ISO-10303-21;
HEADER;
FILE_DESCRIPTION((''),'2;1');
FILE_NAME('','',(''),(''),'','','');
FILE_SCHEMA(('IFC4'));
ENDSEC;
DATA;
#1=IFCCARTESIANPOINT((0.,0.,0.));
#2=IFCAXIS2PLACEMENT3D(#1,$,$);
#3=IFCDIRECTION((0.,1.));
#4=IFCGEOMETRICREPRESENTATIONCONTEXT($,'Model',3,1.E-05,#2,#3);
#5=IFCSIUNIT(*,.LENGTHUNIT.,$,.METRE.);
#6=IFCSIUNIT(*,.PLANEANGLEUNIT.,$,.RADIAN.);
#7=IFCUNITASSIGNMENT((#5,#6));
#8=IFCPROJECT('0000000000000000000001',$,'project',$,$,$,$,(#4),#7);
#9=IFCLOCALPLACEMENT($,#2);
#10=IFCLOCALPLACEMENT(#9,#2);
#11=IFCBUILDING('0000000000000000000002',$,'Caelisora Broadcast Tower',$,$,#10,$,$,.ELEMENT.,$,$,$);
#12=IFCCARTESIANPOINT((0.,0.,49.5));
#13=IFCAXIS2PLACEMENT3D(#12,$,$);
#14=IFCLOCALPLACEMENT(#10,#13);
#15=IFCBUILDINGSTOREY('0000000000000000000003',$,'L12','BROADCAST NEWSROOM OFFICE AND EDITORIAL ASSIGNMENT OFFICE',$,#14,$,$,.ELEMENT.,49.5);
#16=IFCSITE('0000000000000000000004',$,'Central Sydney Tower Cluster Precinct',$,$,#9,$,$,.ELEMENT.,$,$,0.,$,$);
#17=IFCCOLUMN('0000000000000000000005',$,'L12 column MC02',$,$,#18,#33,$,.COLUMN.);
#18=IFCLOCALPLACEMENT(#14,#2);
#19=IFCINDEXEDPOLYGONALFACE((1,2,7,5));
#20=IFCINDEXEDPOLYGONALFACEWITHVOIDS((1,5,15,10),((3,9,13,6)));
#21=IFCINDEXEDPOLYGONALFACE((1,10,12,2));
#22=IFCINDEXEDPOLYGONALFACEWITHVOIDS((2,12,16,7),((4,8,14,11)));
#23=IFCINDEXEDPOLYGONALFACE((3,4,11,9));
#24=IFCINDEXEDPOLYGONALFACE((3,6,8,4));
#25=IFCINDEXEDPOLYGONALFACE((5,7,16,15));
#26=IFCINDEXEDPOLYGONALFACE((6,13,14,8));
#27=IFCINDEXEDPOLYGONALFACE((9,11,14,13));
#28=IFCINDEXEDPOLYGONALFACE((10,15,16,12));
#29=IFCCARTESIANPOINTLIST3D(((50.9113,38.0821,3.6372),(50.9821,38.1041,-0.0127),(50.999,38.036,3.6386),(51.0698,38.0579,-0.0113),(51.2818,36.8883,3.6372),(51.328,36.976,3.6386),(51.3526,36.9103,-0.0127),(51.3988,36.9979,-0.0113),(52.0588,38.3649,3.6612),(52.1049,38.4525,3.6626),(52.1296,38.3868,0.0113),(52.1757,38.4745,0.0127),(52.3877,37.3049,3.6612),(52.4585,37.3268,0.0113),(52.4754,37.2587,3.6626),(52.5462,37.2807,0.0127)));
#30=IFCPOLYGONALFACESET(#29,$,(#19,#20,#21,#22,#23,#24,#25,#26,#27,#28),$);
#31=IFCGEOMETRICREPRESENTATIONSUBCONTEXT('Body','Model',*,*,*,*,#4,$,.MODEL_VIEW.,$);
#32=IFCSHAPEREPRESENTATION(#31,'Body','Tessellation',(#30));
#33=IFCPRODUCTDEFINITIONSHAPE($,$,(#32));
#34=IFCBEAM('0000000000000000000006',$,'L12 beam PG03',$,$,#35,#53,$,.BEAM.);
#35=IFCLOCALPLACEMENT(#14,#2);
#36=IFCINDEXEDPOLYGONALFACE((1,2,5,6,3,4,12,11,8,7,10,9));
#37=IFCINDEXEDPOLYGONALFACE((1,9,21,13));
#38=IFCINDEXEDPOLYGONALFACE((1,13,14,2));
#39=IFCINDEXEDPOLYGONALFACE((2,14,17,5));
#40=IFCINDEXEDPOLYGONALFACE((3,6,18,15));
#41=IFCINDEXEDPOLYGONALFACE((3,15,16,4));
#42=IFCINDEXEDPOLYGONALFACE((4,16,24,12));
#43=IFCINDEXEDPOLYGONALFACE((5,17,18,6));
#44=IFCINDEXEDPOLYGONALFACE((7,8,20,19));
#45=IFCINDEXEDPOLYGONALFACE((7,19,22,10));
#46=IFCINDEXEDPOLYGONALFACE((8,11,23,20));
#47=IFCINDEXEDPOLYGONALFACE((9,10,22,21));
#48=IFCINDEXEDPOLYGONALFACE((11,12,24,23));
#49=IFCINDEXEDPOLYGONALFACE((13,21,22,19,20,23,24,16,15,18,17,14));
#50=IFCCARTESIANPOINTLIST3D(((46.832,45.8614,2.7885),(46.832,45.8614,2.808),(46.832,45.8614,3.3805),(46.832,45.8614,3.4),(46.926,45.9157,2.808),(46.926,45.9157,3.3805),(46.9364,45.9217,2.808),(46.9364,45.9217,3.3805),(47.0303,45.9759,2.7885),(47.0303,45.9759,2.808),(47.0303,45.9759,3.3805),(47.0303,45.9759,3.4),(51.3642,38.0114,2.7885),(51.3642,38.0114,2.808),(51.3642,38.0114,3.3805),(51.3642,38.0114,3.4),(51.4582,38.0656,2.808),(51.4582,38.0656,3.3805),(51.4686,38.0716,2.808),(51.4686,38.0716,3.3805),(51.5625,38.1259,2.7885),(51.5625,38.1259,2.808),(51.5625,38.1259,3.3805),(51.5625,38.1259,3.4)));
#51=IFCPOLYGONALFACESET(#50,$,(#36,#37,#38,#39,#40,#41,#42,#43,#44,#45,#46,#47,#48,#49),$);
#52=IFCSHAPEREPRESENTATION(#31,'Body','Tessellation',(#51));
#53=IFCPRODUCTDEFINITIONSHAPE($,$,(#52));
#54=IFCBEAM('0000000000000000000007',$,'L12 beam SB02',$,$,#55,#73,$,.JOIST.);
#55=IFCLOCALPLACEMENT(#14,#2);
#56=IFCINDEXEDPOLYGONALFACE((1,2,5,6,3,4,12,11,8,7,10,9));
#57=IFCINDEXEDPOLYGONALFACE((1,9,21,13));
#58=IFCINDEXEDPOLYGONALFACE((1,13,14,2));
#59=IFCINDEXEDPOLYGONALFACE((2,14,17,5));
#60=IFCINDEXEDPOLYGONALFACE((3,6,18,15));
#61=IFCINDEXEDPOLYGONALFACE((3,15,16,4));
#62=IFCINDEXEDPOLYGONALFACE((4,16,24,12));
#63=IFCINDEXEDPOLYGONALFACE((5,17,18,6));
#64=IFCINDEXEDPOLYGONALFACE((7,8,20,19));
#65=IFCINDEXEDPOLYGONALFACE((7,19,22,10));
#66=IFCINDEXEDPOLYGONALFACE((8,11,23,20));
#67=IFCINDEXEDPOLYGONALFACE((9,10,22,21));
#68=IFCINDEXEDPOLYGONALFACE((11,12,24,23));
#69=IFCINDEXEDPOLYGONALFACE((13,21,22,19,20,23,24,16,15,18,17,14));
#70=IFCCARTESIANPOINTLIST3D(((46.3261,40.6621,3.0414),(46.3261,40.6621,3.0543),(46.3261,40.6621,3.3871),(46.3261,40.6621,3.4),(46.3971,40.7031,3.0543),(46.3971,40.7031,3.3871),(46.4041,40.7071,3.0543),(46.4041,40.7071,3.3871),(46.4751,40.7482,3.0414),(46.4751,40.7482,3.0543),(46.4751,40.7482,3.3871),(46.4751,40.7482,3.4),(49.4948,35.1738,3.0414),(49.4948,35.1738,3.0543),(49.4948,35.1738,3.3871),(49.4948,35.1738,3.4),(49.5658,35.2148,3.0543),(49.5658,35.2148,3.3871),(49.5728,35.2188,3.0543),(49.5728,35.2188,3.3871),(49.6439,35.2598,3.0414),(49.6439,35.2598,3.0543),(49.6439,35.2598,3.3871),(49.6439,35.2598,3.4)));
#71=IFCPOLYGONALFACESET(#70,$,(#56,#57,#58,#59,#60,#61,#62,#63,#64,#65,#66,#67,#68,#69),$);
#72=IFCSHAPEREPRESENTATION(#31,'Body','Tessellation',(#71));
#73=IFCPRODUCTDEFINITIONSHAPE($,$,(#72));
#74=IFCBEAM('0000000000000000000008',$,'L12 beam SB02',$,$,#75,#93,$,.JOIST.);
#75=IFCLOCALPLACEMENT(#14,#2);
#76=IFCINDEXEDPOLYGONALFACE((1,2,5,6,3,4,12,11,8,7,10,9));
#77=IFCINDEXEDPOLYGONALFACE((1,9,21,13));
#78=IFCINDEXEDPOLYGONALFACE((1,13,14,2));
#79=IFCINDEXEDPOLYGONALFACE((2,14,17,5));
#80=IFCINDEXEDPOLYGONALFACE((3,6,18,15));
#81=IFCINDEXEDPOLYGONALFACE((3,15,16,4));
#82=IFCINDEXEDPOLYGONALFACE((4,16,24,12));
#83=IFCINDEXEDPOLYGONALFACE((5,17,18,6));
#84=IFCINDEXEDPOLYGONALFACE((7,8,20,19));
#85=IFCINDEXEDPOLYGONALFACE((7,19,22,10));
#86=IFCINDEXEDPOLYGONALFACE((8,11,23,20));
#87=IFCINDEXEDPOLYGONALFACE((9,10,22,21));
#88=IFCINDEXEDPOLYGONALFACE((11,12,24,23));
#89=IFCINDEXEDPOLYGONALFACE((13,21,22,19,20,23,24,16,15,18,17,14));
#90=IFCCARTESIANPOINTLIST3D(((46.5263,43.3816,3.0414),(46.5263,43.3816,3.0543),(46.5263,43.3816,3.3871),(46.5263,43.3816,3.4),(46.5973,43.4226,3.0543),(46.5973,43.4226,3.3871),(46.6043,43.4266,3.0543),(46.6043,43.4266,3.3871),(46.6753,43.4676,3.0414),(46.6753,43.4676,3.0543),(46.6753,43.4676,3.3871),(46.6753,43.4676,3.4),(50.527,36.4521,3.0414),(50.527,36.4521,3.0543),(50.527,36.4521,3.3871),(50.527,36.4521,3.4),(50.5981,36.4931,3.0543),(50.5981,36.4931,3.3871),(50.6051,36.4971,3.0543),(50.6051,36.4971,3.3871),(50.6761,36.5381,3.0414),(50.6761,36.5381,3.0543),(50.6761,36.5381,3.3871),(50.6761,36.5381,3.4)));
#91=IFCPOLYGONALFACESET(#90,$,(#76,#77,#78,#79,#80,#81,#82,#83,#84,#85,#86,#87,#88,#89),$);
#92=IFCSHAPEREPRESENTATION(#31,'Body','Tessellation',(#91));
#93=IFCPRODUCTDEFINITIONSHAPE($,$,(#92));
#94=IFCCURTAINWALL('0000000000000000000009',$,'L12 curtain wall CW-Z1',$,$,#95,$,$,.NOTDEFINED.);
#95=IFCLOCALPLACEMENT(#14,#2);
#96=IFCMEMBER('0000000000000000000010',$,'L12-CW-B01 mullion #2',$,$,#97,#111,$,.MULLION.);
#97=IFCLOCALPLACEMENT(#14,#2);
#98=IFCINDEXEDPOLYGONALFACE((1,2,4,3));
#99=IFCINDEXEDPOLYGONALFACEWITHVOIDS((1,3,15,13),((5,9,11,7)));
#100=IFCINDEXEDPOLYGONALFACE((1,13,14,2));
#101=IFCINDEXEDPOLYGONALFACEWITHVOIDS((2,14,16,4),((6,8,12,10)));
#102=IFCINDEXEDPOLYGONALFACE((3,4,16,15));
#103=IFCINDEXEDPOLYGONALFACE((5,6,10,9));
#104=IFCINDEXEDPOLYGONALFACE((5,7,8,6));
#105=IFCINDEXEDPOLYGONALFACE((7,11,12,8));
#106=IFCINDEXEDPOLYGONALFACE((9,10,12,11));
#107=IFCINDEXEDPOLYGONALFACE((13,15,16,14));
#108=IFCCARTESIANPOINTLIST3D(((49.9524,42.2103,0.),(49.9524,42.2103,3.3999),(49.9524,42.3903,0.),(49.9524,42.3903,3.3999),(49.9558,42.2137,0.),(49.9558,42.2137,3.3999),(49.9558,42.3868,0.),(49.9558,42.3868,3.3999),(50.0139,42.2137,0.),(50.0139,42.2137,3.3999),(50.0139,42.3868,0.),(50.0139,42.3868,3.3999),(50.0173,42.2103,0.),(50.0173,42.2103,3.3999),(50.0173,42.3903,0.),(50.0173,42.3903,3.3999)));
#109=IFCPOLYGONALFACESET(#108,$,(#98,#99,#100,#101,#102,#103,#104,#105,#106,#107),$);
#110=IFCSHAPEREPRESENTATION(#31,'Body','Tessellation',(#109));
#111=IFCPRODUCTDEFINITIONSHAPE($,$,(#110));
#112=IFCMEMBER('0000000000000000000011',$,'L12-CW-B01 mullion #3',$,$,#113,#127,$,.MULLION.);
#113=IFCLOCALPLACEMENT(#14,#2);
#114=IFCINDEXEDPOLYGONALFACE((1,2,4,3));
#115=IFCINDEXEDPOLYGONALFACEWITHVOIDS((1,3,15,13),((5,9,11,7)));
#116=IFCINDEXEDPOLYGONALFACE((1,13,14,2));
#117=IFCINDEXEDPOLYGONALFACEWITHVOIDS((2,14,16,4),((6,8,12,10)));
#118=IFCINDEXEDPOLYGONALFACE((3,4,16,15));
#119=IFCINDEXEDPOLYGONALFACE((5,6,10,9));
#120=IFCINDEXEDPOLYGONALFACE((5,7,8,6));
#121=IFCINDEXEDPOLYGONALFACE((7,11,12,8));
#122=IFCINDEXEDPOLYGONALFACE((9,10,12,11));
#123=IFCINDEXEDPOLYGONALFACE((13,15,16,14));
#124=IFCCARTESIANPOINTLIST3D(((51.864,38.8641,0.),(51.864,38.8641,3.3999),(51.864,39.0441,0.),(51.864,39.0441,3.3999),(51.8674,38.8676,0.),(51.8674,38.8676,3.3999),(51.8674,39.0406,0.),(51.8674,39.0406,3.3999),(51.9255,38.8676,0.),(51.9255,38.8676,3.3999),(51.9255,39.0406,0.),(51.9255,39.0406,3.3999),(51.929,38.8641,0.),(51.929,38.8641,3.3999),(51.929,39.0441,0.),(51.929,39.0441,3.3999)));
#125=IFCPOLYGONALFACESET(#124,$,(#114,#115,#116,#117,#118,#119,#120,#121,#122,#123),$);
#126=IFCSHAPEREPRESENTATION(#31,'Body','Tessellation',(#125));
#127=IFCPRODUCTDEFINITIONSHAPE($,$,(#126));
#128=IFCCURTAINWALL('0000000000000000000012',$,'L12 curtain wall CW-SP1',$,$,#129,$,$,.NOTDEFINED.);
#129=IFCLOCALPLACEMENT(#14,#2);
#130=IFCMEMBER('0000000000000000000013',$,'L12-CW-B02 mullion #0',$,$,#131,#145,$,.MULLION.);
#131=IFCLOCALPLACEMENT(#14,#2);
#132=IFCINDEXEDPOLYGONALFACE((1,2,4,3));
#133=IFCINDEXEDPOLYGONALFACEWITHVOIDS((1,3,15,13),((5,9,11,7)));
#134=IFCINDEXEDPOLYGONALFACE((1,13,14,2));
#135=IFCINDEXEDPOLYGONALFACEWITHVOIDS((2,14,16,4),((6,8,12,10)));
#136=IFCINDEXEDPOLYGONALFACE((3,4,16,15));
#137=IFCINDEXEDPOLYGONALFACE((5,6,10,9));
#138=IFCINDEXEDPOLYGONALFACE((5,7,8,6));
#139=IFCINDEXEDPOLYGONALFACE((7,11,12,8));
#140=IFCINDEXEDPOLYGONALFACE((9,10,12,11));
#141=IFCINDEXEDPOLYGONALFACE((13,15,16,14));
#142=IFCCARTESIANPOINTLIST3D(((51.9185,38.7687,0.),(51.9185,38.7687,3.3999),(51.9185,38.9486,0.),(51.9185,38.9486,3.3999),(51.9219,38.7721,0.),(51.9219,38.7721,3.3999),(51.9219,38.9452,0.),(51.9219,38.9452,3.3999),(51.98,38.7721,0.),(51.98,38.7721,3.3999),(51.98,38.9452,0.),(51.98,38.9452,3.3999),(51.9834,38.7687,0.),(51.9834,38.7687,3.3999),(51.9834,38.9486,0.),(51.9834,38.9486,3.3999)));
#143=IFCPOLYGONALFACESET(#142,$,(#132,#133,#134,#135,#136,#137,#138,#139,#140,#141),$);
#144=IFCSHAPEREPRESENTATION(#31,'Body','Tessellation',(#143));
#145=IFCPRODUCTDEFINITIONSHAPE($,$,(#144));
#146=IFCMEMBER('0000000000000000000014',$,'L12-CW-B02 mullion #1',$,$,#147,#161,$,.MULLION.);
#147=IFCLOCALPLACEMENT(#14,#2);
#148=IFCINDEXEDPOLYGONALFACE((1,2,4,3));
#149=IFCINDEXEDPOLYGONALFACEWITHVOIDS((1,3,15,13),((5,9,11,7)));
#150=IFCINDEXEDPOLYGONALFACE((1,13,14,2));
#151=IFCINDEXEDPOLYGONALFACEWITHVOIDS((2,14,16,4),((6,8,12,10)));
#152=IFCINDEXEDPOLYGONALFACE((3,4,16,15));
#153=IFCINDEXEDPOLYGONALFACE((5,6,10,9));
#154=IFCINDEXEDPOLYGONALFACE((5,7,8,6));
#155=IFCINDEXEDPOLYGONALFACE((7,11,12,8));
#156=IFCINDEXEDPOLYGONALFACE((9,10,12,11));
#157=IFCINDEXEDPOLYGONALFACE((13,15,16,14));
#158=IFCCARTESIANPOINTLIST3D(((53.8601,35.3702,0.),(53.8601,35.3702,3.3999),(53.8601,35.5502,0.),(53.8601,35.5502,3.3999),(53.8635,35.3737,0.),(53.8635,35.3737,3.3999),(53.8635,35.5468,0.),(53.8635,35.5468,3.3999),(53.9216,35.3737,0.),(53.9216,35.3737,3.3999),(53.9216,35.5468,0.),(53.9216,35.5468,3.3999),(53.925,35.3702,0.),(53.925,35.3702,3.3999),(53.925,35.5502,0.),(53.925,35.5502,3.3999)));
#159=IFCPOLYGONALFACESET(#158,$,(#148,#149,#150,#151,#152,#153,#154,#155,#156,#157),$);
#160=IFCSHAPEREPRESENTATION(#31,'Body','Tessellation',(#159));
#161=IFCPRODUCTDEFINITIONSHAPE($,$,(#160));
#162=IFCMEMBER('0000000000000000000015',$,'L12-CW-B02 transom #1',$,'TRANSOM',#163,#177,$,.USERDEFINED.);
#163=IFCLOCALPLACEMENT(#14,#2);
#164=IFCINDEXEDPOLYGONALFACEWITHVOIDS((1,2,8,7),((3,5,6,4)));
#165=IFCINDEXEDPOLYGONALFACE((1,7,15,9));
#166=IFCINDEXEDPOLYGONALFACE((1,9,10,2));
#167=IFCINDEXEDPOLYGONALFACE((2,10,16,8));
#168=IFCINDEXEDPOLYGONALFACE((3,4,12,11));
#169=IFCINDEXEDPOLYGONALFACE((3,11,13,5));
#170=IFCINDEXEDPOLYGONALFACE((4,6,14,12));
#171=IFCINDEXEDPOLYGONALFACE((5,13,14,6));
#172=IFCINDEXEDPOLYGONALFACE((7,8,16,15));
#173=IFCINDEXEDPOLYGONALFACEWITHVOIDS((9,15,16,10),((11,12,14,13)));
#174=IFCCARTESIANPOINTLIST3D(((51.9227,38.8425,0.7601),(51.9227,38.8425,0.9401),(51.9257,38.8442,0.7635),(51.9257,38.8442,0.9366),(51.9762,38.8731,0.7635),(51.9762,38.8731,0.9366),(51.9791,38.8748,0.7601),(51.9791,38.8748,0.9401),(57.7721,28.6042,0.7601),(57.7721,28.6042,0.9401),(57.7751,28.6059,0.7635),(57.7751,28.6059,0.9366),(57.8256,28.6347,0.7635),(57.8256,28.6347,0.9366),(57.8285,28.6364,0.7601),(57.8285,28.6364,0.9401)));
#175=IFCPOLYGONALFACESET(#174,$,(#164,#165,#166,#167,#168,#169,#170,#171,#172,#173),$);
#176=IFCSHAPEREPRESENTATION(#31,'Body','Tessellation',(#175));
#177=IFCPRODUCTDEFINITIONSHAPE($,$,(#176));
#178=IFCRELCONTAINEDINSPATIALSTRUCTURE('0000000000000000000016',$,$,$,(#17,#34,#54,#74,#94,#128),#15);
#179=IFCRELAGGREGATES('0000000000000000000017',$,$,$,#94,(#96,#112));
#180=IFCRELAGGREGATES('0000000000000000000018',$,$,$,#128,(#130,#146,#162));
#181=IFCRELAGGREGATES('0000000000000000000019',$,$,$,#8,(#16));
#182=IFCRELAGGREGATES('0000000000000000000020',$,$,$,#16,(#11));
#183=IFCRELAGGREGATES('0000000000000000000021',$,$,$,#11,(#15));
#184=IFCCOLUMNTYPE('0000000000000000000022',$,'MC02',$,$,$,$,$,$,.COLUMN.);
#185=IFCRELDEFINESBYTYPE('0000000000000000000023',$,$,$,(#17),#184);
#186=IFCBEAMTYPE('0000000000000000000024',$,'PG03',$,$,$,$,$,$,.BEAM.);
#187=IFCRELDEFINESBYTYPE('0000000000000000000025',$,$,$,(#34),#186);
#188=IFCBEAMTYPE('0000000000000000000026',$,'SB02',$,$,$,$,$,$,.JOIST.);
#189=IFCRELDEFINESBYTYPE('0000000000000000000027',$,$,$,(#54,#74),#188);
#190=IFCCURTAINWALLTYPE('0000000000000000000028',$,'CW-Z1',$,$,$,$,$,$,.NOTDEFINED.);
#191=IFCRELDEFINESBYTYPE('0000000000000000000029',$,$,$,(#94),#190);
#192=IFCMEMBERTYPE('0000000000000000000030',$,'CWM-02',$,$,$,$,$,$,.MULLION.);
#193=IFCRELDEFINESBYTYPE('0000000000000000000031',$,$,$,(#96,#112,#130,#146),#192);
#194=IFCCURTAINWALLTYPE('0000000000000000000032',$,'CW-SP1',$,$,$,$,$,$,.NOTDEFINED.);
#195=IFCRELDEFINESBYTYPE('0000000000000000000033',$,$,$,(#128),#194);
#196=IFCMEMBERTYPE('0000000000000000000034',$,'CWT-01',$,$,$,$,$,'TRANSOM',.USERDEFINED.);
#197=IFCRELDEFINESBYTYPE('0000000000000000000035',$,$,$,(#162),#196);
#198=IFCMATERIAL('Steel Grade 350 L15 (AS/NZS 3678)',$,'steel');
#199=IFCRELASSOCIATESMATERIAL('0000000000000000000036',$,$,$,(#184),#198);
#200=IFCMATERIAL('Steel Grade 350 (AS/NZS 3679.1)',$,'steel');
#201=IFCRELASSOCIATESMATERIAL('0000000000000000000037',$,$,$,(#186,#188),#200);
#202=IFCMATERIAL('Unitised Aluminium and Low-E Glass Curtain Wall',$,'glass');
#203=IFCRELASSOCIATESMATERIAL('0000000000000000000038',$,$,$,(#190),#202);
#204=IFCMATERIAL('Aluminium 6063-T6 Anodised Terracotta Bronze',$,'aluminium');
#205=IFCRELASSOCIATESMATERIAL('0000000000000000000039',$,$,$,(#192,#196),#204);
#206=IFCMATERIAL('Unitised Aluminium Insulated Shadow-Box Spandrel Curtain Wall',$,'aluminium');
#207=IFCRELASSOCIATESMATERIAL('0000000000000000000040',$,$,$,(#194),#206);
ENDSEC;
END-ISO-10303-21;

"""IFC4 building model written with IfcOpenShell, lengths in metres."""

from ifc_helpers import new_model, si_unit, direction, frame, origin, origin_2d, place, context, subcontext, project, spatial, hollow_rectangle, i_section, extrude, source, transform, mapped, material, material_profile, profile_set, type_object, type_shapes, element, aggregate, save


model = new_model("IFC4")

# Units and contexts
model_context = context("Model", 3, precision=1e-05, world=origin(), true_north=direction((0.0, 1.0)))
body_context = subcontext(model_context, "Body", "Model", "MODEL_VIEW")
ifc_project = project(units=[si_unit("LENGTHUNIT", "METRE"), si_unit("PLANEANGLEUNIT", "RADIAN")], contexts=[model_context])

# Site, building, storey
site_placement = place(None, origin())
site = spatial("IfcSite", under=ifc_project, at=site_placement, Name="Central Sydney Tower Cluster Precinct", CompositionType="ELEMENT", RefElevation=0.0)
building_placement = place(site_placement, origin())
building = spatial("IfcBuilding", under=site, at=building_placement, Name="Caelisora Broadcast Tower", CompositionType="ELEMENT")
storey_placement = place(building_placement, frame((0.0, 0.0, 49.5)))
storey = spatial("IfcBuildingStorey", under=building, at=storey_placement, Name="L12", Description="BROADCAST NEWSROOM OFFICE AND EDITORIAL ASSIGNMENT OFFICE", CompositionType="ELEMENT", Elevation=49.5)

# Column
ifc_material_1 = material(Name="Steel Grade 350 L15 (AS/NZS 3678)", Category="steel")
ifc_material_profile_1 = material_profile(ifc_material_1, hollow_rectangle(XDim=1.25, YDim=1.25, WallThickness=0.0701, at=origin_2d()), Name="Steel Grade 350 L15 (AS/NZS 3678)")
ifc_profile_set_1 = profile_set([ifc_material_profile_1], Name="Steel Grade 350 L15 (AS/NZS 3678)")
column_type = type_object("IfcColumnType", Name="MC02", PredefinedType="COLUMN", material=ifc_profile_set_1)
shared_shape_1 = source(origin(), body_context, "Body", "SweptSolid", [
    extrude(hollow_rectangle(XDim=1.25, YDim=1.25, WallThickness=0.0701, at=origin_2d()), origin(), (0.0, 0.0, 1.0), 3.6506),
])
type_shapes(column_type, [shared_shape_1])
column_placement = place(storey_placement, frame((51.7642, 37.6924, 0.0), z_axis=(-0.019394, -0.006019, 0.999794), x_axis=(0.296399, -0.955064, 0.0)))
element("IfcColumn", 1, at=column_placement, inside=storey, type_object=column_type, Name="L12 column MC02", PredefinedType="COLUMN", context=body_context, shape_type="MappedRepresentation", body=[
    mapped(shared_shape_1, transform((0.0, 0.0, 0.0), scale=1.0)),
])

# Beams
ifc_material_2 = material(Name="Steel Grade 350 (AS/NZS 3679.1)", Category="steel")
ifc_material_profile_2 = material_profile(ifc_material_2, i_section(OverallWidth=0.229, OverallDepth=0.6116, WebThickness=0.012, FlangeThickness=0.0195, at=origin_2d()), Name="Steel Grade 350 (AS/NZS 3679.1)")
ifc_profile_set_2 = profile_set([ifc_material_profile_2], Name="Steel Grade 350 (AS/NZS 3679.1)")
beam_type_1 = type_object("IfcBeamType", Name="PG03", PredefinedType="BEAM", material=ifc_profile_set_2)
shared_shape_2 = source(origin(), body_context, "Body", "SweptSolid", [
    extrude(i_section(OverallWidth=0.229, OverallDepth=0.6116, WebThickness=0.012, FlangeThickness=0.0195, at=origin_2d()), origin(), (0.0, 0.0, 1.0), 9.0645),
])
type_shapes(beam_type_1, [shared_shape_2])
beam_1_placement = place(storey_placement, frame((51.4634, 38.0686, 3.0942), z_axis=(-0.499998, 0.866027, 0.0), x_axis=(-0.866027, -0.499998, 0.0)))
element("IfcBeam", 2, at=beam_1_placement, inside=storey, type_object=beam_type_1, Name="L12 beam PG03", PredefinedType="BEAM", context=body_context, shape_type="MappedRepresentation", body=[
    mapped(shared_shape_2, transform((0.0, 0.0, 0.0), scale=1.0)),
])
ifc_material_profile_3 = material_profile(ifc_material_2, i_section(OverallWidth=0.1721, OverallDepth=0.3586, WebThickness=0.0081, FlangeThickness=0.0129, at=origin_2d()), Name="Steel Grade 350 (AS/NZS 3679.1)")
ifc_profile_set_3 = profile_set([ifc_material_profile_3], Name="Steel Grade 350 (AS/NZS 3679.1)")
beam_type_2 = type_object("IfcBeamType", Name="SB02", PredefinedType="JOIST", material=ifc_profile_set_3)
shared_shape_3 = source(origin(), body_context, "Body", "SweptSolid", [
    extrude(i_section(OverallWidth=0.1721, OverallDepth=0.3586, WebThickness=0.0081, FlangeThickness=0.0129, at=origin_2d()), origin(), (0.0, 0.0, 1.0), 6.3374),
])
beam_2_placement = place(storey_placement, frame((49.5693, 35.2168, 3.2207), z_axis=(-0.500005, 0.866023, 0.0), x_axis=(-0.866023, -0.500005, 0.0)))
element("IfcBeam", 3, at=beam_2_placement, inside=storey, type_object=beam_type_2, Name="L12 beam SB02", PredefinedType="JOIST", context=body_context, shape_type="MappedRepresentation", body=[
    mapped(shared_shape_3, transform((0.0, 0.0, 0.0), scale=1.0)),
])
shared_shape_4 = source(origin(), body_context, "Body", "SweptSolid", [
    extrude(i_section(OverallWidth=0.1721, OverallDepth=0.3586, WebThickness=0.0081, FlangeThickness=0.0129, at=origin_2d()), origin(), (0.0, 0.0, 1.0), 8.0015),
])
type_shapes(beam_type_2, [shared_shape_3, shared_shape_4])
beam_3_placement = place(storey_placement, frame((50.6016, 36.4951, 3.2207), z_axis=(-0.500002, 0.866025, 0.0), x_axis=(-0.866025, -0.500002, 0.0)))
element("IfcBeam", 4, at=beam_3_placement, inside=storey, type_object=beam_type_2, Name="L12 beam SB02", PredefinedType="JOIST", context=body_context, shape_type="MappedRepresentation", body=[
    mapped(shared_shape_4, transform((0.0, 0.0, 0.0), scale=1.0)),
])

# Curtain walls, members
ifc_material_3 = material(Name="Unitised Aluminium and Low-E Glass Curtain Wall", Category="glass")
curtain_wall_type_1 = type_object("IfcCurtainWallType", Name="CW-Z1", PredefinedType="NOTDEFINED", material=ifc_material_3)
curtain_wall_1_placement = place(storey_placement, origin())
curtain_wall_1 = element("IfcCurtainWall", 5, at=curtain_wall_1_placement, inside=storey, type_object=curtain_wall_type_1, Name="L12 curtain wall CW-Z1", PredefinedType="NOTDEFINED")
ifc_material_4 = material(Name="Aluminium 6063-T6 Anodised Terracotta Bronze", Category="aluminium")
ifc_material_profile_4 = material_profile(ifc_material_4, hollow_rectangle(XDim=0.0649, YDim=0.1799, WallThickness=0.0034, at=origin_2d()), Name="Aluminium 6063-T6 Anodised Terracotta Bronze")
ifc_profile_set_4 = profile_set([ifc_material_profile_4], Name="Aluminium 6063-T6 Anodised Terracotta Bronze")
member_type_1 = type_object("IfcMemberType", Name="CWM-02", PredefinedType="MULLION", material=ifc_profile_set_4)
shared_shape_5 = source(origin(), body_context, "Body", "SweptSolid", [
    extrude(hollow_rectangle(XDim=0.0649, YDim=0.1799, WallThickness=0.0034, at=origin_2d()), origin(), (0.0, 0.0, 1.0), 3.3999),
])
type_shapes(member_type_1, [shared_shape_5])
member_1_placement = place(storey_placement, frame((49.9849, 42.3003, 0.0), z_axis=(0.0, 0.0, 1.0), x_axis=(1.0, 0.0, 0.0)))
member_1 = element("IfcMember", 6, at=member_1_placement, type_object=member_type_1, Name="L12-CW-B01 mullion #2", PredefinedType="MULLION", context=body_context, shape_type="MappedRepresentation", body=[
    mapped(shared_shape_5, transform((0.0, 0.0, 0.0), scale=1.0)),
])
member_2_placement = place(storey_placement, frame((51.8965, 38.9541, 0.0), z_axis=(0.0, 0.0, 1.0), x_axis=(1.0, 0.0, 0.0)))
member_2 = element("IfcMember", 7, at=member_2_placement, type_object=member_type_1, Name="L12-CW-B01 mullion #3", PredefinedType="MULLION", context=body_context, shape_type="MappedRepresentation", body=[
    mapped(shared_shape_5, transform((0.0, 0.0, 0.0), scale=1.0)),
])
ifc_material_5 = material(Name="Unitised Aluminium Insulated Shadow-Box Spandrel Curtain Wall", Category="aluminium")
curtain_wall_type_2 = type_object("IfcCurtainWallType", Name="CW-SP1", PredefinedType="NOTDEFINED", material=ifc_material_5)
curtain_wall_2_placement = place(storey_placement, origin())
curtain_wall_2 = element("IfcCurtainWall", 8, at=curtain_wall_2_placement, inside=storey, type_object=curtain_wall_type_2, Name="L12 curtain wall CW-SP1", PredefinedType="NOTDEFINED")
member_3_placement = place(storey_placement, frame((51.9509, 38.8586, 0.0), z_axis=(0.0, 0.0, 1.0), x_axis=(1.0, 0.0, 0.0)))
member_3 = element("IfcMember", 9, at=member_3_placement, type_object=member_type_1, Name="L12-CW-B02 mullion #0", PredefinedType="MULLION", context=body_context, shape_type="MappedRepresentation", body=[
    mapped(shared_shape_5, transform((0.0, 0.0, 0.0), scale=1.0)),
])
member_4_placement = place(storey_placement, frame((53.8926, 35.4602, 0.0), z_axis=(0.0, 0.0, 1.0), x_axis=(1.0, 0.0, 0.0)))
member_4 = element("IfcMember", 10, at=member_4_placement, type_object=member_type_1, Name="L12-CW-B02 mullion #1", PredefinedType="MULLION", context=body_context, shape_type="MappedRepresentation", body=[
    mapped(shared_shape_5, transform((0.0, 0.0, 0.0), scale=1.0)),
])
ifc_material_profile_5 = material_profile(ifc_material_4, hollow_rectangle(XDim=0.0649, YDim=0.1799, WallThickness=0.0034, at=origin_2d()), Name="Aluminium 6063-T6 Anodised Terracotta Bronze")
ifc_profile_set_5 = profile_set([ifc_material_profile_5], Name="Aluminium 6063-T6 Anodised Terracotta Bronze")
member_type_2 = type_object("IfcMemberType", Name="CWT-01", ElementType="TRANSOM", PredefinedType="USERDEFINED", material=ifc_profile_set_5)
shared_shape_6 = source(origin(), body_context, "Body", "SweptSolid", [
    extrude(hollow_rectangle(XDim=0.0649, YDim=0.1799, WallThickness=0.0034, at=origin_2d()), origin(), (0.0, 0.0, 1.0), 11.7915),
])
type_shapes(member_type_2, [shared_shape_6])
member_5_placement = place(storey_placement, frame((51.9509, 38.8586, 0.8501), z_axis=(0.49607, -0.868283, 0.0), x_axis=(0.868283, 0.49607, 0.0)))
member_5 = element("IfcMember", 11, at=member_5_placement, type_object=member_type_2, Name="L12-CW-B02 transom #1", ObjectType="TRANSOM", PredefinedType="USERDEFINED", context=body_context, shape_type="MappedRepresentation", body=[
    mapped(shared_shape_6, transform((0.0, 0.0, 0.0), scale=1.0)),
])

aggregate(curtain_wall_1, [member_1, member_2])
aggregate(curtain_wall_2, [member_3, member_4, member_5])

save(model, "model.ifc")
